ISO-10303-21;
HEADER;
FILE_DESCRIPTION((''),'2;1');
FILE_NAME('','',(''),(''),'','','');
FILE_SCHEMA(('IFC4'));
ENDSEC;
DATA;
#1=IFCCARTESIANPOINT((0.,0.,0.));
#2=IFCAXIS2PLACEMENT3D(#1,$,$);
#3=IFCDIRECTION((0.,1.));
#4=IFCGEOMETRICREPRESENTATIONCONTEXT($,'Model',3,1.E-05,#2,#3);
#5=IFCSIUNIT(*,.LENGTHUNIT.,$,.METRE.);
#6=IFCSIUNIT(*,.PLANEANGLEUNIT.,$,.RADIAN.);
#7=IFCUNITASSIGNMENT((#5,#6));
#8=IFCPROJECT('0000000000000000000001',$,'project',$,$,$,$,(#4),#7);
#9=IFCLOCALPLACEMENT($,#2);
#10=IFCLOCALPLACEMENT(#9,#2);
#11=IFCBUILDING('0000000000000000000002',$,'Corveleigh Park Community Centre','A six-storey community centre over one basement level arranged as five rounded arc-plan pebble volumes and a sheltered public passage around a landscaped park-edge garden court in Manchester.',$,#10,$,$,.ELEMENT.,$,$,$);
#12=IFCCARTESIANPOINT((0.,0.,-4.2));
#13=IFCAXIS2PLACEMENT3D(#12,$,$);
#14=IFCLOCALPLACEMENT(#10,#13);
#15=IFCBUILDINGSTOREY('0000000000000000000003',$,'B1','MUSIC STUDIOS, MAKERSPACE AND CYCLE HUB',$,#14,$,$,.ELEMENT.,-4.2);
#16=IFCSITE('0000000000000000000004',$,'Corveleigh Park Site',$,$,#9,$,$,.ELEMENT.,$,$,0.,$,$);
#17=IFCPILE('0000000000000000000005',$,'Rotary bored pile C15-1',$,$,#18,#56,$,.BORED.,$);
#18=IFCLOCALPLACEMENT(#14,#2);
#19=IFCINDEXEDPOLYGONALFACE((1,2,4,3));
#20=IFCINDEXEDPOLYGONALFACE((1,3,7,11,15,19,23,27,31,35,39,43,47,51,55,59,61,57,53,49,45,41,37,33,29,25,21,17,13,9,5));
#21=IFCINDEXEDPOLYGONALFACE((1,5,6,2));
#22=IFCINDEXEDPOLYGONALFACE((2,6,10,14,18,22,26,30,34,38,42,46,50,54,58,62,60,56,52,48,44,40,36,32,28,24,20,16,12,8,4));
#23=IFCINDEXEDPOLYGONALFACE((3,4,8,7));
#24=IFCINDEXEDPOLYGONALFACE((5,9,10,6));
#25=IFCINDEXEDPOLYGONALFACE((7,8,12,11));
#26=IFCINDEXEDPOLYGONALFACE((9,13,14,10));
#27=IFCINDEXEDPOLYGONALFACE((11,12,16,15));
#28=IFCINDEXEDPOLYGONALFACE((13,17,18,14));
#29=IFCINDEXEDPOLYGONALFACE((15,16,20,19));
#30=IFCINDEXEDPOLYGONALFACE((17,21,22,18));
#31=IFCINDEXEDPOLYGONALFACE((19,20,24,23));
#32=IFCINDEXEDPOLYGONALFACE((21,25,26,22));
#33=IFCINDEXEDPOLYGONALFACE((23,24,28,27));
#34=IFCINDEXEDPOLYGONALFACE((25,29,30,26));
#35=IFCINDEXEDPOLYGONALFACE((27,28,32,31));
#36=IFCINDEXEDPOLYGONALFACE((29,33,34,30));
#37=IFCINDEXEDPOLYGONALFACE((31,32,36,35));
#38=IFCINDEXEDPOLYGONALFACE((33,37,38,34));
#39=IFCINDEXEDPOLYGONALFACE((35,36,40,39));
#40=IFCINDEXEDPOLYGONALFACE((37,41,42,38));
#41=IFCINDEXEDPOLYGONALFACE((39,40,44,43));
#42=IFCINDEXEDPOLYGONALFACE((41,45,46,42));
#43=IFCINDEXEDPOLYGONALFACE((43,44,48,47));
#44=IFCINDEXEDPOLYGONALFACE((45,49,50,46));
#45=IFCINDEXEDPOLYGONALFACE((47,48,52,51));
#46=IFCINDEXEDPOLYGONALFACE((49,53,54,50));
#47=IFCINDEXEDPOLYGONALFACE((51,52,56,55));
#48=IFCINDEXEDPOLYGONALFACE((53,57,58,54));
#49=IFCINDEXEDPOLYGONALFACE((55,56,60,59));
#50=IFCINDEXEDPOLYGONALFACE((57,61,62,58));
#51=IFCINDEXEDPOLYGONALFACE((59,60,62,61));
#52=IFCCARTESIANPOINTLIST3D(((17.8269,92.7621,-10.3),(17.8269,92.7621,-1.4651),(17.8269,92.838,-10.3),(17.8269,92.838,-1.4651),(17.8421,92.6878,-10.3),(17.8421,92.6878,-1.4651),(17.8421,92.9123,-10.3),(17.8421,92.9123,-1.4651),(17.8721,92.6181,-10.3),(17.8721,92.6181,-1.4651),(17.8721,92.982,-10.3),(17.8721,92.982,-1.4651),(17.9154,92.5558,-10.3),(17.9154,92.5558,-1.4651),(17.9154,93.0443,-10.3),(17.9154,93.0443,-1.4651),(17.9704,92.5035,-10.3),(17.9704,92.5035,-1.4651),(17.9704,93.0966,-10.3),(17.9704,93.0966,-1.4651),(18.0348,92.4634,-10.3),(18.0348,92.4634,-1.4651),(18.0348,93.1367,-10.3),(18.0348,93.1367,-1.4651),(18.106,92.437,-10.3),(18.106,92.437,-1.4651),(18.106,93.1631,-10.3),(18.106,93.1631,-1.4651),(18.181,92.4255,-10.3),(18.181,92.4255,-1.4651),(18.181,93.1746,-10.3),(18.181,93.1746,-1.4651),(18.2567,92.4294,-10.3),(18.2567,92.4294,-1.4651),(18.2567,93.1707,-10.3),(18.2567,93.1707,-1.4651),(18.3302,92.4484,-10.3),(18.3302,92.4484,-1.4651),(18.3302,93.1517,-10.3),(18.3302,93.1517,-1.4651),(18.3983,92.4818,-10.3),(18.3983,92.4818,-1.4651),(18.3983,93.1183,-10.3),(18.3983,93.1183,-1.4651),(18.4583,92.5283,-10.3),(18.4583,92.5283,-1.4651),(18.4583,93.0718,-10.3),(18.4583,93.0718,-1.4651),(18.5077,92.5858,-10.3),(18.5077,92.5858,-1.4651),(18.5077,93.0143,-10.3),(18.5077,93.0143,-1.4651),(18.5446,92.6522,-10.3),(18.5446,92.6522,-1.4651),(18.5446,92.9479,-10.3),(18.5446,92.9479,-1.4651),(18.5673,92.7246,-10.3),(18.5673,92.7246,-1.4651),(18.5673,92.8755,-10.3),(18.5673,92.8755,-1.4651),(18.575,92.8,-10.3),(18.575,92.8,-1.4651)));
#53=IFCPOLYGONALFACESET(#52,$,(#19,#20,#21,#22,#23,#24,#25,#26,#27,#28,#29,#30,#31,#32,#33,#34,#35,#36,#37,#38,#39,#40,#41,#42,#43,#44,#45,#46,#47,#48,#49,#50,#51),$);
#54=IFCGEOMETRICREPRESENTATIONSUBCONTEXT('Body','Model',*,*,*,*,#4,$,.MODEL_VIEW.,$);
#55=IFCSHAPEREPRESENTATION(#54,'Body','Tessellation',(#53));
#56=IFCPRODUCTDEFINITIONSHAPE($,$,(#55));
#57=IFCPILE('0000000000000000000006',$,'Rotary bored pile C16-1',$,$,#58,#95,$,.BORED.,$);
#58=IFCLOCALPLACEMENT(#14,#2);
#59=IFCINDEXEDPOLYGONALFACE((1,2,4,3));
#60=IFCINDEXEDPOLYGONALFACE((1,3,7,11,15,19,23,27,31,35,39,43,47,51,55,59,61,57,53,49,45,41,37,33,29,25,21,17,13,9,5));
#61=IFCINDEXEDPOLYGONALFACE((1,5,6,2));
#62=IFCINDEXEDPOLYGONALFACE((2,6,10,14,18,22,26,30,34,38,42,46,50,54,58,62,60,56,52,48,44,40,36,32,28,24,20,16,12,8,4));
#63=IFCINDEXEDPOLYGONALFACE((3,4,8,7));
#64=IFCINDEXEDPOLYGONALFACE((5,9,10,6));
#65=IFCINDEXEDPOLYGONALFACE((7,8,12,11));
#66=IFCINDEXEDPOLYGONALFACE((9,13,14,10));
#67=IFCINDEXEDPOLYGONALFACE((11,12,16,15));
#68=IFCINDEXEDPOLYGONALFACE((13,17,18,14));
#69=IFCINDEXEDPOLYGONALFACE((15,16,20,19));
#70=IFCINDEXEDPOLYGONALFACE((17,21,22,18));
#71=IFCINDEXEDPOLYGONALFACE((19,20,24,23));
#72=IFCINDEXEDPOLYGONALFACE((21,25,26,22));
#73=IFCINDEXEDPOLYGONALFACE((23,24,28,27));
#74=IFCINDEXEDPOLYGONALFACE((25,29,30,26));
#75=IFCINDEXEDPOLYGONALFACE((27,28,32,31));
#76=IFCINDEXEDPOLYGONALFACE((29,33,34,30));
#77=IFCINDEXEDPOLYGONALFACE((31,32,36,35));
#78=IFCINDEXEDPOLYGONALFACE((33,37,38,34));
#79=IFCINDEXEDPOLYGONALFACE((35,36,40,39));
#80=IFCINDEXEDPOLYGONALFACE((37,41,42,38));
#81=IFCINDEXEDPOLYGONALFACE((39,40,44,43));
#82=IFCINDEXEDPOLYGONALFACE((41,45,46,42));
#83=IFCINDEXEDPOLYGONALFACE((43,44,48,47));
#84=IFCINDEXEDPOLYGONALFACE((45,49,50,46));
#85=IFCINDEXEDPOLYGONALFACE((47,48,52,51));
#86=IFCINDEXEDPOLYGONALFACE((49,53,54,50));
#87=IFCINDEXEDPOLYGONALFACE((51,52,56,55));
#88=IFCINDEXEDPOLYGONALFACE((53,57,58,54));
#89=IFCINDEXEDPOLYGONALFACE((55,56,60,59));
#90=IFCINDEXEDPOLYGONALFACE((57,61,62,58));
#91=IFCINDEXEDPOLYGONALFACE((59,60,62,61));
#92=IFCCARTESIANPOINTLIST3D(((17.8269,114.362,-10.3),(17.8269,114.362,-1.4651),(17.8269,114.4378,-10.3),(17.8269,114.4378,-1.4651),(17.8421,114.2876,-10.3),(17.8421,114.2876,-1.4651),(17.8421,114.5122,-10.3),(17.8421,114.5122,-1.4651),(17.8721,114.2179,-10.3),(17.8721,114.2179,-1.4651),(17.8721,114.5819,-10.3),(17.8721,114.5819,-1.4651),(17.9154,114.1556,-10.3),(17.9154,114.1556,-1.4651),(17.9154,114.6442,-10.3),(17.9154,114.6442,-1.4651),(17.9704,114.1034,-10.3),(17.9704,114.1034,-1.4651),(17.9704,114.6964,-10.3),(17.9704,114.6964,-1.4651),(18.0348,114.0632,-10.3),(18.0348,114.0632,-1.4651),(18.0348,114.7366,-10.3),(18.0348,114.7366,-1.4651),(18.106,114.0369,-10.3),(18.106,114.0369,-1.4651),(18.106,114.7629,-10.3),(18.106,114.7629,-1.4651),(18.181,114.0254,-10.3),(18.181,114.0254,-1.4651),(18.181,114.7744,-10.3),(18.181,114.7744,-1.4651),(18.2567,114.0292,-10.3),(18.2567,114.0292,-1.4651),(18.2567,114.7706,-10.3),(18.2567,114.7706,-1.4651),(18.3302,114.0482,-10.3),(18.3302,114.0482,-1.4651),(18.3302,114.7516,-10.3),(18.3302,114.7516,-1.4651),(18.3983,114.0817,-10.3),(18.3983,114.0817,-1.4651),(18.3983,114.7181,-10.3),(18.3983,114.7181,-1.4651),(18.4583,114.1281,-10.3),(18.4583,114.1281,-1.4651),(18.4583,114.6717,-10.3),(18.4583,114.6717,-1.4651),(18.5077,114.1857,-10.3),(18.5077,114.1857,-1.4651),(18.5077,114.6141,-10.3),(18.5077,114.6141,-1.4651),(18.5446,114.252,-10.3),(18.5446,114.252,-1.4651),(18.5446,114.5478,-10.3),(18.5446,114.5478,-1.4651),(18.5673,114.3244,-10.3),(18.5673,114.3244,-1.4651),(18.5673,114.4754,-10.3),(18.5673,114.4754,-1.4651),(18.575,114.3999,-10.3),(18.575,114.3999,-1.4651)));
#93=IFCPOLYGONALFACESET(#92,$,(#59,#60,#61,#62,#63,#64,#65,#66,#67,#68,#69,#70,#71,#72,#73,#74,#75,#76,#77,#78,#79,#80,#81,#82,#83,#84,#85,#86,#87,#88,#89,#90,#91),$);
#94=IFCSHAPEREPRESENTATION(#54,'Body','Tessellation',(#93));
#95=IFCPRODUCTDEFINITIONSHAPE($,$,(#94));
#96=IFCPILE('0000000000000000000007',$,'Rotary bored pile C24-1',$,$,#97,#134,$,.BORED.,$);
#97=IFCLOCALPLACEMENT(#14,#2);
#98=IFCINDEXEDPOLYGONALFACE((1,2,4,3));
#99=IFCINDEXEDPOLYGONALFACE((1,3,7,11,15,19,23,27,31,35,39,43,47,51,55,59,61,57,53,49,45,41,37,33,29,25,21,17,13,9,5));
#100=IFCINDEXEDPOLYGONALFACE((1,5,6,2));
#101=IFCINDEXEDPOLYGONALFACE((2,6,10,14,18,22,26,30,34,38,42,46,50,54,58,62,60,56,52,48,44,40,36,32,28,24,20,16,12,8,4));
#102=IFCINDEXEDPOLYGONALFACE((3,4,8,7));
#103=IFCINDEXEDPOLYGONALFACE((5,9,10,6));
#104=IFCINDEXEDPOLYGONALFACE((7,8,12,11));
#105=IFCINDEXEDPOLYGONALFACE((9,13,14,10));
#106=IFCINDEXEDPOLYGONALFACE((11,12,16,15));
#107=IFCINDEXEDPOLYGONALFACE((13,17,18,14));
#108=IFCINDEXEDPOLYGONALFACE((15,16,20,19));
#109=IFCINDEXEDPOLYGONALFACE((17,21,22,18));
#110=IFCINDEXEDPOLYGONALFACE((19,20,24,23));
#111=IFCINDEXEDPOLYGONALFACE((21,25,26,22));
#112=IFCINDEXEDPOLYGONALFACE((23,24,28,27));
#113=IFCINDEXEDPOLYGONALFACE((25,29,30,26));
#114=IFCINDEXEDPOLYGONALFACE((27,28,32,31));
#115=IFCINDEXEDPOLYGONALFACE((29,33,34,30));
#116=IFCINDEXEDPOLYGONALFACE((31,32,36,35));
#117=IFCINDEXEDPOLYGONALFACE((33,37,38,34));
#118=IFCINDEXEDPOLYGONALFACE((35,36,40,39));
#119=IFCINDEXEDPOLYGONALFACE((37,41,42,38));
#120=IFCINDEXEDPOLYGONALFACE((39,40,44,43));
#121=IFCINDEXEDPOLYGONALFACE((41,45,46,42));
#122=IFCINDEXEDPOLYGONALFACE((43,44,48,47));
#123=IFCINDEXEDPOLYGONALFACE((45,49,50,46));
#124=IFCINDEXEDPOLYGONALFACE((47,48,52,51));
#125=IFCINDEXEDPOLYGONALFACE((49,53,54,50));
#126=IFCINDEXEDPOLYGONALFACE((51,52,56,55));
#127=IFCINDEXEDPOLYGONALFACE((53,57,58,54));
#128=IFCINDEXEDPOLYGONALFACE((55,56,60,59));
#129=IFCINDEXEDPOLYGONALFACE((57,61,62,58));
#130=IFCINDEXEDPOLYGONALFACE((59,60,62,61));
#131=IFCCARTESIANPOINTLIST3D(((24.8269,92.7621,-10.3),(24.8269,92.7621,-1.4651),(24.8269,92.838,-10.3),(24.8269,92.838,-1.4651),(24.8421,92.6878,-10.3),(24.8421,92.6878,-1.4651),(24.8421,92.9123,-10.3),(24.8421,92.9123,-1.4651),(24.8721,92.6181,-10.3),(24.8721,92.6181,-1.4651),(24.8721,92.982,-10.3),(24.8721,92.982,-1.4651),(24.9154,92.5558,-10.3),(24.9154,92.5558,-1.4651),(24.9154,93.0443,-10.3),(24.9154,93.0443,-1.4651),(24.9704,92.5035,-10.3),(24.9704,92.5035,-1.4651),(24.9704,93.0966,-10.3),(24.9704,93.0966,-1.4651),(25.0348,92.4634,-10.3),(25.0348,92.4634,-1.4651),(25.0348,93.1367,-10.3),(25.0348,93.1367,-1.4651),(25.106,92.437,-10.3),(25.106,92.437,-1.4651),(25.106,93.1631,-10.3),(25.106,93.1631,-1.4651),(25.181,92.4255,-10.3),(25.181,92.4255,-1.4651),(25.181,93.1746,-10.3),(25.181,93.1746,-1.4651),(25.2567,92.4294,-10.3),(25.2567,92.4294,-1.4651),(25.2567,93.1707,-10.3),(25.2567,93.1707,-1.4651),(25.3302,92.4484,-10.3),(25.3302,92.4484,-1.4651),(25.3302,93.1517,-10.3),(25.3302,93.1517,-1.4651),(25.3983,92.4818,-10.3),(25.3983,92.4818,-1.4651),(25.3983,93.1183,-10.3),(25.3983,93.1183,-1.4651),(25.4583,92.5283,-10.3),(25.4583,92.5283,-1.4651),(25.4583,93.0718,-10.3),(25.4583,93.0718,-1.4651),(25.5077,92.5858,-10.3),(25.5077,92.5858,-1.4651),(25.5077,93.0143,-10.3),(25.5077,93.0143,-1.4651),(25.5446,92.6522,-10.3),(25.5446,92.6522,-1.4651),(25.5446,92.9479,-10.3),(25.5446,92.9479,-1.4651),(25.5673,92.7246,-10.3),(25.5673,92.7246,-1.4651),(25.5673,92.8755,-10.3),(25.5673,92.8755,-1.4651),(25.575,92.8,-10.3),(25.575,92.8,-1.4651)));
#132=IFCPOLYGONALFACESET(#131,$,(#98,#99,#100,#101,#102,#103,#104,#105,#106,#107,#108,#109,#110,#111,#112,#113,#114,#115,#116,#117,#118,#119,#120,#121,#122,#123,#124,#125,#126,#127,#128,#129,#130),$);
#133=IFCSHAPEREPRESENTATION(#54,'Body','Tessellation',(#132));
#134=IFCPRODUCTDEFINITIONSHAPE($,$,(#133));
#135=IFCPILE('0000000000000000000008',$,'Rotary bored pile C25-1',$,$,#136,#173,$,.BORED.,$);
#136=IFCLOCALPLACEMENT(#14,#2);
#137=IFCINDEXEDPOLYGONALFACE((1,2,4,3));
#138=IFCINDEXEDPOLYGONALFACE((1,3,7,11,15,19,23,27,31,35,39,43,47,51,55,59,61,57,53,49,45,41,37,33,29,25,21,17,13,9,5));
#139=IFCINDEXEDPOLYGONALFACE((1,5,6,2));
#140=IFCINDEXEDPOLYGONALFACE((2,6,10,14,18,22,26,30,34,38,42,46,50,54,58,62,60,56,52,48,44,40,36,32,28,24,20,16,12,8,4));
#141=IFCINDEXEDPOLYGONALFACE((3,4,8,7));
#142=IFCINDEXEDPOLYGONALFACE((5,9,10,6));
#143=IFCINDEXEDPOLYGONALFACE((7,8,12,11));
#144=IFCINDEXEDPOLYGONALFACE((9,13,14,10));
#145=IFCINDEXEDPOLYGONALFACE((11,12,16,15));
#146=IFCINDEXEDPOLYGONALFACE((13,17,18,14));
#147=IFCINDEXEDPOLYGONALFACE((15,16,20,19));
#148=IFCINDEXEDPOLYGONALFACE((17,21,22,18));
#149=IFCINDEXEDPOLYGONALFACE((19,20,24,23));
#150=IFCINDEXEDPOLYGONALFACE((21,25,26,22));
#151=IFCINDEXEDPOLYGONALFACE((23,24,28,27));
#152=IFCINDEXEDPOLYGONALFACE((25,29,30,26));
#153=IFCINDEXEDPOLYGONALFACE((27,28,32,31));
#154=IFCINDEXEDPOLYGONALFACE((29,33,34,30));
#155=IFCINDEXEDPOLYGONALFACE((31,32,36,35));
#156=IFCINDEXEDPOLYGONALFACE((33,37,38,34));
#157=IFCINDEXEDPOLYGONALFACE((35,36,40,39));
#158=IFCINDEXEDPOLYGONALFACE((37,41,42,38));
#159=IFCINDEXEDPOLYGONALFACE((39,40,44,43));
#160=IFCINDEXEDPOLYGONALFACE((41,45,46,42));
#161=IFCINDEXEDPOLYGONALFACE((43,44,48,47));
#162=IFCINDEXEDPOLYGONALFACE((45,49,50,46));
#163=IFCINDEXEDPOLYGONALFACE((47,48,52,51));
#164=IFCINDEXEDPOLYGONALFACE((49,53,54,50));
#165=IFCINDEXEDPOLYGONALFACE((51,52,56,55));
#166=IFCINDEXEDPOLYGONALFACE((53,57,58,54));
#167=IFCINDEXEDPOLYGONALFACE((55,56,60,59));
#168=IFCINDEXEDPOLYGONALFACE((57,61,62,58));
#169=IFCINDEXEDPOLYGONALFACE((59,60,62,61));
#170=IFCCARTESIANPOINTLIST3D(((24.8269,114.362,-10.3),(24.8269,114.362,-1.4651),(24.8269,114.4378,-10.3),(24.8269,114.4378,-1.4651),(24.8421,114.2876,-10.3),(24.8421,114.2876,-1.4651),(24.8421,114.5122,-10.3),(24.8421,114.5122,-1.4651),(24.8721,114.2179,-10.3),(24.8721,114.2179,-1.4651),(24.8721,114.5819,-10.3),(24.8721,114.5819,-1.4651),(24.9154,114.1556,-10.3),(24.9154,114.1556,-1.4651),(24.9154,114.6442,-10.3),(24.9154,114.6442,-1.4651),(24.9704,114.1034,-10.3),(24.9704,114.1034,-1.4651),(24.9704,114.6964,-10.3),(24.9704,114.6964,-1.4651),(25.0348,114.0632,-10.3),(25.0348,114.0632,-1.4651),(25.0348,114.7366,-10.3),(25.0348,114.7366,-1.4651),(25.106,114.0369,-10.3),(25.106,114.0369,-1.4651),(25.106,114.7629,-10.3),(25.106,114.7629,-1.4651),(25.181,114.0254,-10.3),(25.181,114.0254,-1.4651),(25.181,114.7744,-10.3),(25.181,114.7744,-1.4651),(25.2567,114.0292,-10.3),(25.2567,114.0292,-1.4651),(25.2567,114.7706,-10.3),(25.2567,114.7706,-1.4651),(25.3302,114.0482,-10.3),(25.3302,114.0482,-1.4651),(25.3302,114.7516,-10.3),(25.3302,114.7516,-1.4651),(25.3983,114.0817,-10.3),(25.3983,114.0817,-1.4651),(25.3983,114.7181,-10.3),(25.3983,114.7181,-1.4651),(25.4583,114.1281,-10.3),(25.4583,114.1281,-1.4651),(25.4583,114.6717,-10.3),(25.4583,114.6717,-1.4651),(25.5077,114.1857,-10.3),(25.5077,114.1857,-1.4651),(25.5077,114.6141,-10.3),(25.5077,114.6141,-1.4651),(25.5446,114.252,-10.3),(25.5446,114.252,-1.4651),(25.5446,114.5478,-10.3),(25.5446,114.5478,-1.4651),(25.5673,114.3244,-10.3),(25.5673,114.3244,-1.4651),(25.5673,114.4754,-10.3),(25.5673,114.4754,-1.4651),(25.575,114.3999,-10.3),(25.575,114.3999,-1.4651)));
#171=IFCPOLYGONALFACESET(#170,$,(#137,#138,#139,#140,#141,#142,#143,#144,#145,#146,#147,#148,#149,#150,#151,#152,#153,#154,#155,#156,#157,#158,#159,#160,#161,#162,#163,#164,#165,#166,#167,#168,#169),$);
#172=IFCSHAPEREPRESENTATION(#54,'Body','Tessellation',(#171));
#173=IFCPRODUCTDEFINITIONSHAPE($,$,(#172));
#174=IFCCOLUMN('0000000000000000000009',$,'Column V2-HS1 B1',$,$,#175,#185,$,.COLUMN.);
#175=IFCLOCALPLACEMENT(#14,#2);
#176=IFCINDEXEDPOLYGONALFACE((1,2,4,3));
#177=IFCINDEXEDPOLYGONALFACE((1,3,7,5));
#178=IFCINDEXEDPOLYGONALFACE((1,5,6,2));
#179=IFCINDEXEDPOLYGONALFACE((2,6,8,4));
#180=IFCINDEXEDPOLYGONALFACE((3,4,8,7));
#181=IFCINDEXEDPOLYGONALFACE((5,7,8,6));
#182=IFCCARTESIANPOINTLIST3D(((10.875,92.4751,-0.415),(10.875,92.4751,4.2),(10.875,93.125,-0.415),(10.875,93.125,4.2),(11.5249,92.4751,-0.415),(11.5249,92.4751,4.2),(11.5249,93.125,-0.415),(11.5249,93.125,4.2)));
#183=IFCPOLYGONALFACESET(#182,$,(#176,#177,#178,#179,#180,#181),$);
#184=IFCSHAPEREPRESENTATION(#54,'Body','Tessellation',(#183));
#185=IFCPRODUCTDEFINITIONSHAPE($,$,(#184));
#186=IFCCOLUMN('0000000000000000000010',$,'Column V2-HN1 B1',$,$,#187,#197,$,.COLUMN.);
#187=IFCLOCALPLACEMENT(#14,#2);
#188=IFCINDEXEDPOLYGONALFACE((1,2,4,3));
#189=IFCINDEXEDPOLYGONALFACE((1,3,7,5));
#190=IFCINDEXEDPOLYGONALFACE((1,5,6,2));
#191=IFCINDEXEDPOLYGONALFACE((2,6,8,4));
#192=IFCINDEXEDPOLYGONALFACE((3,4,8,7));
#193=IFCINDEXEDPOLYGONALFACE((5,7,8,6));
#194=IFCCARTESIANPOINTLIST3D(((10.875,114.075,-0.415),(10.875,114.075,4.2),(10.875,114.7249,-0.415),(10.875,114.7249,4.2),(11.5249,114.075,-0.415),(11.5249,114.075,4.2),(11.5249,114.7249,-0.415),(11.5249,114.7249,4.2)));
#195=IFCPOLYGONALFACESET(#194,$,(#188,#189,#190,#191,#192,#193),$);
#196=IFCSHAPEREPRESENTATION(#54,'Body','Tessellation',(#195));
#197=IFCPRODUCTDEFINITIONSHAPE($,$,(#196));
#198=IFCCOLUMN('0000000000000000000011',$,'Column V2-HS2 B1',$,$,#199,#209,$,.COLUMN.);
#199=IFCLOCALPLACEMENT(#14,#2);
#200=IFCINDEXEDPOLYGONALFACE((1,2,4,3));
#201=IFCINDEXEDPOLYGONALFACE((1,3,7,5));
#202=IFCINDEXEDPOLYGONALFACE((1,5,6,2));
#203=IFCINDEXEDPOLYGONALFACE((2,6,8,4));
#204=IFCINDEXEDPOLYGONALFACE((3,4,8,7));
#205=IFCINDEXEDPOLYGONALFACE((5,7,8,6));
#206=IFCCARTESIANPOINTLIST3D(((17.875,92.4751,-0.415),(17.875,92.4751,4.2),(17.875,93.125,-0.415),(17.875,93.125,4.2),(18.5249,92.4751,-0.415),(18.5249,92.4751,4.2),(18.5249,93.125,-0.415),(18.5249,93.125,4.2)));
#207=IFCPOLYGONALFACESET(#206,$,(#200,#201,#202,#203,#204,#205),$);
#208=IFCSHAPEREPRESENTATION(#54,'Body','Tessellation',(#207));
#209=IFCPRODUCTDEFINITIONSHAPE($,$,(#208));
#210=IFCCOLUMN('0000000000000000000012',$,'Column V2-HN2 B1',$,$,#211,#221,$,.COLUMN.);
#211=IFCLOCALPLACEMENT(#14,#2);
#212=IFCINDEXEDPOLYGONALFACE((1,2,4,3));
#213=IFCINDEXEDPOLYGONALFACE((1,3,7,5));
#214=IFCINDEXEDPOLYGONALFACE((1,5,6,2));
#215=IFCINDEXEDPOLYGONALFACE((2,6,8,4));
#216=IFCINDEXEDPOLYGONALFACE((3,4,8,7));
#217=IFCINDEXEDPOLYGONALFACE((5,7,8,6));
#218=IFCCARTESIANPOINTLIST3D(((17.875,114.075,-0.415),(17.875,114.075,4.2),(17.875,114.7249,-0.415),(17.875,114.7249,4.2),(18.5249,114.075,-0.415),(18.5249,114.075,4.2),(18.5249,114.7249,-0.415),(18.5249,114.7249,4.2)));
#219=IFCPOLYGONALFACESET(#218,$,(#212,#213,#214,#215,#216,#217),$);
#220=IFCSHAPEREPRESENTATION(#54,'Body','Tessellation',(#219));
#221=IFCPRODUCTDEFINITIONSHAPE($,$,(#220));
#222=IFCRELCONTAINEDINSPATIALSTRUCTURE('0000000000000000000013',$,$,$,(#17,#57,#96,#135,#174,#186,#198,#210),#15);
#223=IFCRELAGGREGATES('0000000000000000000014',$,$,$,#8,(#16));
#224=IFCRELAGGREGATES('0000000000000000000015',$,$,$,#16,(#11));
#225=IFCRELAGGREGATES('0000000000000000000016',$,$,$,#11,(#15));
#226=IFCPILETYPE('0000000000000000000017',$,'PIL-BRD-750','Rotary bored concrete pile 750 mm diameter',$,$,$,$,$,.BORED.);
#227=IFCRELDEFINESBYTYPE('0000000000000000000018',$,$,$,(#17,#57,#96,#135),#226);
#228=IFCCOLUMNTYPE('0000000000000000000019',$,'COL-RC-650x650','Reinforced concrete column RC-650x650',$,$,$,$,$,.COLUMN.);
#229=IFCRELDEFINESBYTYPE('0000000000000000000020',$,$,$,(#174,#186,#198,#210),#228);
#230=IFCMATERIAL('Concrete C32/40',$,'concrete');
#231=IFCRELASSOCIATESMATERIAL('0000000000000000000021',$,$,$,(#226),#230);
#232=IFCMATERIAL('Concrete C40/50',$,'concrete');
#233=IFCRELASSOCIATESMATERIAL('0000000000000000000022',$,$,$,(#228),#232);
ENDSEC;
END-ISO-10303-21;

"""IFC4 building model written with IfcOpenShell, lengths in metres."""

from ifc_helpers import new_model, si_unit, direction, frame, origin, origin_2d, place, context, subcontext, project, spatial, rectangle, circle, extrude, material, material_profile, profile_set, type_object, element, save


model = new_model("IFC4")

# Units and contexts
model_context = context("Model", 3, precision=1e-05, world=origin(), true_north=direction((0.0, 1.0)))
body_context = subcontext(model_context, "Body", "Model", "MODEL_VIEW")
ifc_project = project(units=[si_unit("LENGTHUNIT", "METRE"), si_unit("PLANEANGLEUNIT", "RADIAN")], contexts=[model_context])

# Site, building, storey
site_placement = place(None, origin())
site = spatial("IfcSite", under=ifc_project, at=site_placement, Name="Corveleigh Park Site", CompositionType="ELEMENT", RefElevation=0.0)
building_placement = place(site_placement, origin())
building = spatial("IfcBuilding", under=site, at=building_placement, Name="Corveleigh Park Community Centre", Description="A six-storey community centre over one basement level arranged as five rounded arc-plan pebble volumes and a sheltered public passage around a landscaped park-edge garden court in Manchester.", CompositionType="ELEMENT")
storey_placement = place(building_placement, frame((0.0, 0.0, -4.2)))
storey = spatial("IfcBuildingStorey", under=building, at=storey_placement, Name="B1", Description="MUSIC STUDIOS, MAKERSPACE AND CYCLE HUB", CompositionType="ELEMENT", Elevation=-4.2)

# Shared definitions
ifc_material_1 = material(Name="Concrete C40/50", Category="concrete")

# Piles
ifc_material_2 = material(Name="Concrete C32/40", Category="concrete")
ifc_material_profile_1 = material_profile(ifc_material_2, circle(Radius=0.375, at=origin_2d()), Name="BORED-PILE-750", Category="concrete")
ifc_profile_set_1 = profile_set([ifc_material_profile_1], Name="Concrete C32/40")
pile_type = type_object("IfcPileType", Name="PIL-BRD-750", Description="Rotary bored concrete pile 750 mm diameter", PredefinedType="BORED", material=ifc_profile_set_1)
for number, where, z_axis, x_axis, name in (
    (1, (18.2, 92.8, -1.4651), (0.0, 0.0, -1.0), (1.0, 0.0, 0.0), "Rotary bored pile C15-1"),
    (2, (18.2, 114.3999, -1.4651), (0.0, 0.0, -1.0), (1.0, 0.0, 0.0), "Rotary bored pile C16-1"),
    (3, (25.2, 92.8, -1.4651), (0.0, 0.0, -1.0), (1.0, 0.0, 0.0), "Rotary bored pile C24-1"),
    (4, (25.2, 114.3999, -1.4651), (0.0, 0.0, -1.0), (1.0, 0.0, 0.0), "Rotary bored pile C25-1"),
):
    element("IfcPile", number, at=place(storey_placement, frame(where, z_axis=z_axis, x_axis=x_axis)), inside=storey, type_object=pile_type, Name=name, PredefinedType="BORED", context=body_context, shape_type="SweptSolid", body=[
        extrude(circle(Radius=0.375, at=origin_2d()), origin(), (0.0, 0.0, 1.0), 8.835),
    ])

# Columns
ifc_material_profile_2 = material_profile(ifc_material_1, rectangle(XDim=0.6499, YDim=0.6499, at=origin_2d()), Name="RC-650x650", Category="concrete")
ifc_profile_set_2 = profile_set([ifc_material_profile_2], Name="Concrete C40/50")
column_type = type_object("IfcColumnType", Name="COL-RC-650x650", Description="Reinforced concrete column RC-650x650", PredefinedType="COLUMN", material=ifc_profile_set_2)
for number, where, z_axis, x_axis, name in (
    (5, (11.2, 92.8, -0.415), (0.0, 0.0, 1.0), (1.0, 0.0, 0.0), "Column V2-HS1 B1"),
    (6, (11.2, 114.3999, -0.415), (0.0, 0.0, 1.0), (1.0, 0.0, 0.0), "Column V2-HN1 B1"),
    (7, (18.2, 92.8, -0.415), (0.0, 0.0, 1.0), (1.0, 0.0, 0.0), "Column V2-HS2 B1"),
    (8, (18.2, 114.3999, -0.415), (0.0, 0.0, 1.0), (1.0, 0.0, 0.0), "Column V2-HN2 B1"),
):
    element("IfcColumn", number, at=place(storey_placement, frame(where, z_axis=z_axis, x_axis=x_axis)), inside=storey, type_object=column_type, Name=name, PredefinedType="COLUMN", context=body_context, shape_type="SweptSolid", body=[
        extrude(rectangle(XDim=0.6499, YDim=0.6499, at=origin_2d()), origin(), (0.0, 0.0, 1.0), 4.615),
    ])

save(model, "model.ifc")
